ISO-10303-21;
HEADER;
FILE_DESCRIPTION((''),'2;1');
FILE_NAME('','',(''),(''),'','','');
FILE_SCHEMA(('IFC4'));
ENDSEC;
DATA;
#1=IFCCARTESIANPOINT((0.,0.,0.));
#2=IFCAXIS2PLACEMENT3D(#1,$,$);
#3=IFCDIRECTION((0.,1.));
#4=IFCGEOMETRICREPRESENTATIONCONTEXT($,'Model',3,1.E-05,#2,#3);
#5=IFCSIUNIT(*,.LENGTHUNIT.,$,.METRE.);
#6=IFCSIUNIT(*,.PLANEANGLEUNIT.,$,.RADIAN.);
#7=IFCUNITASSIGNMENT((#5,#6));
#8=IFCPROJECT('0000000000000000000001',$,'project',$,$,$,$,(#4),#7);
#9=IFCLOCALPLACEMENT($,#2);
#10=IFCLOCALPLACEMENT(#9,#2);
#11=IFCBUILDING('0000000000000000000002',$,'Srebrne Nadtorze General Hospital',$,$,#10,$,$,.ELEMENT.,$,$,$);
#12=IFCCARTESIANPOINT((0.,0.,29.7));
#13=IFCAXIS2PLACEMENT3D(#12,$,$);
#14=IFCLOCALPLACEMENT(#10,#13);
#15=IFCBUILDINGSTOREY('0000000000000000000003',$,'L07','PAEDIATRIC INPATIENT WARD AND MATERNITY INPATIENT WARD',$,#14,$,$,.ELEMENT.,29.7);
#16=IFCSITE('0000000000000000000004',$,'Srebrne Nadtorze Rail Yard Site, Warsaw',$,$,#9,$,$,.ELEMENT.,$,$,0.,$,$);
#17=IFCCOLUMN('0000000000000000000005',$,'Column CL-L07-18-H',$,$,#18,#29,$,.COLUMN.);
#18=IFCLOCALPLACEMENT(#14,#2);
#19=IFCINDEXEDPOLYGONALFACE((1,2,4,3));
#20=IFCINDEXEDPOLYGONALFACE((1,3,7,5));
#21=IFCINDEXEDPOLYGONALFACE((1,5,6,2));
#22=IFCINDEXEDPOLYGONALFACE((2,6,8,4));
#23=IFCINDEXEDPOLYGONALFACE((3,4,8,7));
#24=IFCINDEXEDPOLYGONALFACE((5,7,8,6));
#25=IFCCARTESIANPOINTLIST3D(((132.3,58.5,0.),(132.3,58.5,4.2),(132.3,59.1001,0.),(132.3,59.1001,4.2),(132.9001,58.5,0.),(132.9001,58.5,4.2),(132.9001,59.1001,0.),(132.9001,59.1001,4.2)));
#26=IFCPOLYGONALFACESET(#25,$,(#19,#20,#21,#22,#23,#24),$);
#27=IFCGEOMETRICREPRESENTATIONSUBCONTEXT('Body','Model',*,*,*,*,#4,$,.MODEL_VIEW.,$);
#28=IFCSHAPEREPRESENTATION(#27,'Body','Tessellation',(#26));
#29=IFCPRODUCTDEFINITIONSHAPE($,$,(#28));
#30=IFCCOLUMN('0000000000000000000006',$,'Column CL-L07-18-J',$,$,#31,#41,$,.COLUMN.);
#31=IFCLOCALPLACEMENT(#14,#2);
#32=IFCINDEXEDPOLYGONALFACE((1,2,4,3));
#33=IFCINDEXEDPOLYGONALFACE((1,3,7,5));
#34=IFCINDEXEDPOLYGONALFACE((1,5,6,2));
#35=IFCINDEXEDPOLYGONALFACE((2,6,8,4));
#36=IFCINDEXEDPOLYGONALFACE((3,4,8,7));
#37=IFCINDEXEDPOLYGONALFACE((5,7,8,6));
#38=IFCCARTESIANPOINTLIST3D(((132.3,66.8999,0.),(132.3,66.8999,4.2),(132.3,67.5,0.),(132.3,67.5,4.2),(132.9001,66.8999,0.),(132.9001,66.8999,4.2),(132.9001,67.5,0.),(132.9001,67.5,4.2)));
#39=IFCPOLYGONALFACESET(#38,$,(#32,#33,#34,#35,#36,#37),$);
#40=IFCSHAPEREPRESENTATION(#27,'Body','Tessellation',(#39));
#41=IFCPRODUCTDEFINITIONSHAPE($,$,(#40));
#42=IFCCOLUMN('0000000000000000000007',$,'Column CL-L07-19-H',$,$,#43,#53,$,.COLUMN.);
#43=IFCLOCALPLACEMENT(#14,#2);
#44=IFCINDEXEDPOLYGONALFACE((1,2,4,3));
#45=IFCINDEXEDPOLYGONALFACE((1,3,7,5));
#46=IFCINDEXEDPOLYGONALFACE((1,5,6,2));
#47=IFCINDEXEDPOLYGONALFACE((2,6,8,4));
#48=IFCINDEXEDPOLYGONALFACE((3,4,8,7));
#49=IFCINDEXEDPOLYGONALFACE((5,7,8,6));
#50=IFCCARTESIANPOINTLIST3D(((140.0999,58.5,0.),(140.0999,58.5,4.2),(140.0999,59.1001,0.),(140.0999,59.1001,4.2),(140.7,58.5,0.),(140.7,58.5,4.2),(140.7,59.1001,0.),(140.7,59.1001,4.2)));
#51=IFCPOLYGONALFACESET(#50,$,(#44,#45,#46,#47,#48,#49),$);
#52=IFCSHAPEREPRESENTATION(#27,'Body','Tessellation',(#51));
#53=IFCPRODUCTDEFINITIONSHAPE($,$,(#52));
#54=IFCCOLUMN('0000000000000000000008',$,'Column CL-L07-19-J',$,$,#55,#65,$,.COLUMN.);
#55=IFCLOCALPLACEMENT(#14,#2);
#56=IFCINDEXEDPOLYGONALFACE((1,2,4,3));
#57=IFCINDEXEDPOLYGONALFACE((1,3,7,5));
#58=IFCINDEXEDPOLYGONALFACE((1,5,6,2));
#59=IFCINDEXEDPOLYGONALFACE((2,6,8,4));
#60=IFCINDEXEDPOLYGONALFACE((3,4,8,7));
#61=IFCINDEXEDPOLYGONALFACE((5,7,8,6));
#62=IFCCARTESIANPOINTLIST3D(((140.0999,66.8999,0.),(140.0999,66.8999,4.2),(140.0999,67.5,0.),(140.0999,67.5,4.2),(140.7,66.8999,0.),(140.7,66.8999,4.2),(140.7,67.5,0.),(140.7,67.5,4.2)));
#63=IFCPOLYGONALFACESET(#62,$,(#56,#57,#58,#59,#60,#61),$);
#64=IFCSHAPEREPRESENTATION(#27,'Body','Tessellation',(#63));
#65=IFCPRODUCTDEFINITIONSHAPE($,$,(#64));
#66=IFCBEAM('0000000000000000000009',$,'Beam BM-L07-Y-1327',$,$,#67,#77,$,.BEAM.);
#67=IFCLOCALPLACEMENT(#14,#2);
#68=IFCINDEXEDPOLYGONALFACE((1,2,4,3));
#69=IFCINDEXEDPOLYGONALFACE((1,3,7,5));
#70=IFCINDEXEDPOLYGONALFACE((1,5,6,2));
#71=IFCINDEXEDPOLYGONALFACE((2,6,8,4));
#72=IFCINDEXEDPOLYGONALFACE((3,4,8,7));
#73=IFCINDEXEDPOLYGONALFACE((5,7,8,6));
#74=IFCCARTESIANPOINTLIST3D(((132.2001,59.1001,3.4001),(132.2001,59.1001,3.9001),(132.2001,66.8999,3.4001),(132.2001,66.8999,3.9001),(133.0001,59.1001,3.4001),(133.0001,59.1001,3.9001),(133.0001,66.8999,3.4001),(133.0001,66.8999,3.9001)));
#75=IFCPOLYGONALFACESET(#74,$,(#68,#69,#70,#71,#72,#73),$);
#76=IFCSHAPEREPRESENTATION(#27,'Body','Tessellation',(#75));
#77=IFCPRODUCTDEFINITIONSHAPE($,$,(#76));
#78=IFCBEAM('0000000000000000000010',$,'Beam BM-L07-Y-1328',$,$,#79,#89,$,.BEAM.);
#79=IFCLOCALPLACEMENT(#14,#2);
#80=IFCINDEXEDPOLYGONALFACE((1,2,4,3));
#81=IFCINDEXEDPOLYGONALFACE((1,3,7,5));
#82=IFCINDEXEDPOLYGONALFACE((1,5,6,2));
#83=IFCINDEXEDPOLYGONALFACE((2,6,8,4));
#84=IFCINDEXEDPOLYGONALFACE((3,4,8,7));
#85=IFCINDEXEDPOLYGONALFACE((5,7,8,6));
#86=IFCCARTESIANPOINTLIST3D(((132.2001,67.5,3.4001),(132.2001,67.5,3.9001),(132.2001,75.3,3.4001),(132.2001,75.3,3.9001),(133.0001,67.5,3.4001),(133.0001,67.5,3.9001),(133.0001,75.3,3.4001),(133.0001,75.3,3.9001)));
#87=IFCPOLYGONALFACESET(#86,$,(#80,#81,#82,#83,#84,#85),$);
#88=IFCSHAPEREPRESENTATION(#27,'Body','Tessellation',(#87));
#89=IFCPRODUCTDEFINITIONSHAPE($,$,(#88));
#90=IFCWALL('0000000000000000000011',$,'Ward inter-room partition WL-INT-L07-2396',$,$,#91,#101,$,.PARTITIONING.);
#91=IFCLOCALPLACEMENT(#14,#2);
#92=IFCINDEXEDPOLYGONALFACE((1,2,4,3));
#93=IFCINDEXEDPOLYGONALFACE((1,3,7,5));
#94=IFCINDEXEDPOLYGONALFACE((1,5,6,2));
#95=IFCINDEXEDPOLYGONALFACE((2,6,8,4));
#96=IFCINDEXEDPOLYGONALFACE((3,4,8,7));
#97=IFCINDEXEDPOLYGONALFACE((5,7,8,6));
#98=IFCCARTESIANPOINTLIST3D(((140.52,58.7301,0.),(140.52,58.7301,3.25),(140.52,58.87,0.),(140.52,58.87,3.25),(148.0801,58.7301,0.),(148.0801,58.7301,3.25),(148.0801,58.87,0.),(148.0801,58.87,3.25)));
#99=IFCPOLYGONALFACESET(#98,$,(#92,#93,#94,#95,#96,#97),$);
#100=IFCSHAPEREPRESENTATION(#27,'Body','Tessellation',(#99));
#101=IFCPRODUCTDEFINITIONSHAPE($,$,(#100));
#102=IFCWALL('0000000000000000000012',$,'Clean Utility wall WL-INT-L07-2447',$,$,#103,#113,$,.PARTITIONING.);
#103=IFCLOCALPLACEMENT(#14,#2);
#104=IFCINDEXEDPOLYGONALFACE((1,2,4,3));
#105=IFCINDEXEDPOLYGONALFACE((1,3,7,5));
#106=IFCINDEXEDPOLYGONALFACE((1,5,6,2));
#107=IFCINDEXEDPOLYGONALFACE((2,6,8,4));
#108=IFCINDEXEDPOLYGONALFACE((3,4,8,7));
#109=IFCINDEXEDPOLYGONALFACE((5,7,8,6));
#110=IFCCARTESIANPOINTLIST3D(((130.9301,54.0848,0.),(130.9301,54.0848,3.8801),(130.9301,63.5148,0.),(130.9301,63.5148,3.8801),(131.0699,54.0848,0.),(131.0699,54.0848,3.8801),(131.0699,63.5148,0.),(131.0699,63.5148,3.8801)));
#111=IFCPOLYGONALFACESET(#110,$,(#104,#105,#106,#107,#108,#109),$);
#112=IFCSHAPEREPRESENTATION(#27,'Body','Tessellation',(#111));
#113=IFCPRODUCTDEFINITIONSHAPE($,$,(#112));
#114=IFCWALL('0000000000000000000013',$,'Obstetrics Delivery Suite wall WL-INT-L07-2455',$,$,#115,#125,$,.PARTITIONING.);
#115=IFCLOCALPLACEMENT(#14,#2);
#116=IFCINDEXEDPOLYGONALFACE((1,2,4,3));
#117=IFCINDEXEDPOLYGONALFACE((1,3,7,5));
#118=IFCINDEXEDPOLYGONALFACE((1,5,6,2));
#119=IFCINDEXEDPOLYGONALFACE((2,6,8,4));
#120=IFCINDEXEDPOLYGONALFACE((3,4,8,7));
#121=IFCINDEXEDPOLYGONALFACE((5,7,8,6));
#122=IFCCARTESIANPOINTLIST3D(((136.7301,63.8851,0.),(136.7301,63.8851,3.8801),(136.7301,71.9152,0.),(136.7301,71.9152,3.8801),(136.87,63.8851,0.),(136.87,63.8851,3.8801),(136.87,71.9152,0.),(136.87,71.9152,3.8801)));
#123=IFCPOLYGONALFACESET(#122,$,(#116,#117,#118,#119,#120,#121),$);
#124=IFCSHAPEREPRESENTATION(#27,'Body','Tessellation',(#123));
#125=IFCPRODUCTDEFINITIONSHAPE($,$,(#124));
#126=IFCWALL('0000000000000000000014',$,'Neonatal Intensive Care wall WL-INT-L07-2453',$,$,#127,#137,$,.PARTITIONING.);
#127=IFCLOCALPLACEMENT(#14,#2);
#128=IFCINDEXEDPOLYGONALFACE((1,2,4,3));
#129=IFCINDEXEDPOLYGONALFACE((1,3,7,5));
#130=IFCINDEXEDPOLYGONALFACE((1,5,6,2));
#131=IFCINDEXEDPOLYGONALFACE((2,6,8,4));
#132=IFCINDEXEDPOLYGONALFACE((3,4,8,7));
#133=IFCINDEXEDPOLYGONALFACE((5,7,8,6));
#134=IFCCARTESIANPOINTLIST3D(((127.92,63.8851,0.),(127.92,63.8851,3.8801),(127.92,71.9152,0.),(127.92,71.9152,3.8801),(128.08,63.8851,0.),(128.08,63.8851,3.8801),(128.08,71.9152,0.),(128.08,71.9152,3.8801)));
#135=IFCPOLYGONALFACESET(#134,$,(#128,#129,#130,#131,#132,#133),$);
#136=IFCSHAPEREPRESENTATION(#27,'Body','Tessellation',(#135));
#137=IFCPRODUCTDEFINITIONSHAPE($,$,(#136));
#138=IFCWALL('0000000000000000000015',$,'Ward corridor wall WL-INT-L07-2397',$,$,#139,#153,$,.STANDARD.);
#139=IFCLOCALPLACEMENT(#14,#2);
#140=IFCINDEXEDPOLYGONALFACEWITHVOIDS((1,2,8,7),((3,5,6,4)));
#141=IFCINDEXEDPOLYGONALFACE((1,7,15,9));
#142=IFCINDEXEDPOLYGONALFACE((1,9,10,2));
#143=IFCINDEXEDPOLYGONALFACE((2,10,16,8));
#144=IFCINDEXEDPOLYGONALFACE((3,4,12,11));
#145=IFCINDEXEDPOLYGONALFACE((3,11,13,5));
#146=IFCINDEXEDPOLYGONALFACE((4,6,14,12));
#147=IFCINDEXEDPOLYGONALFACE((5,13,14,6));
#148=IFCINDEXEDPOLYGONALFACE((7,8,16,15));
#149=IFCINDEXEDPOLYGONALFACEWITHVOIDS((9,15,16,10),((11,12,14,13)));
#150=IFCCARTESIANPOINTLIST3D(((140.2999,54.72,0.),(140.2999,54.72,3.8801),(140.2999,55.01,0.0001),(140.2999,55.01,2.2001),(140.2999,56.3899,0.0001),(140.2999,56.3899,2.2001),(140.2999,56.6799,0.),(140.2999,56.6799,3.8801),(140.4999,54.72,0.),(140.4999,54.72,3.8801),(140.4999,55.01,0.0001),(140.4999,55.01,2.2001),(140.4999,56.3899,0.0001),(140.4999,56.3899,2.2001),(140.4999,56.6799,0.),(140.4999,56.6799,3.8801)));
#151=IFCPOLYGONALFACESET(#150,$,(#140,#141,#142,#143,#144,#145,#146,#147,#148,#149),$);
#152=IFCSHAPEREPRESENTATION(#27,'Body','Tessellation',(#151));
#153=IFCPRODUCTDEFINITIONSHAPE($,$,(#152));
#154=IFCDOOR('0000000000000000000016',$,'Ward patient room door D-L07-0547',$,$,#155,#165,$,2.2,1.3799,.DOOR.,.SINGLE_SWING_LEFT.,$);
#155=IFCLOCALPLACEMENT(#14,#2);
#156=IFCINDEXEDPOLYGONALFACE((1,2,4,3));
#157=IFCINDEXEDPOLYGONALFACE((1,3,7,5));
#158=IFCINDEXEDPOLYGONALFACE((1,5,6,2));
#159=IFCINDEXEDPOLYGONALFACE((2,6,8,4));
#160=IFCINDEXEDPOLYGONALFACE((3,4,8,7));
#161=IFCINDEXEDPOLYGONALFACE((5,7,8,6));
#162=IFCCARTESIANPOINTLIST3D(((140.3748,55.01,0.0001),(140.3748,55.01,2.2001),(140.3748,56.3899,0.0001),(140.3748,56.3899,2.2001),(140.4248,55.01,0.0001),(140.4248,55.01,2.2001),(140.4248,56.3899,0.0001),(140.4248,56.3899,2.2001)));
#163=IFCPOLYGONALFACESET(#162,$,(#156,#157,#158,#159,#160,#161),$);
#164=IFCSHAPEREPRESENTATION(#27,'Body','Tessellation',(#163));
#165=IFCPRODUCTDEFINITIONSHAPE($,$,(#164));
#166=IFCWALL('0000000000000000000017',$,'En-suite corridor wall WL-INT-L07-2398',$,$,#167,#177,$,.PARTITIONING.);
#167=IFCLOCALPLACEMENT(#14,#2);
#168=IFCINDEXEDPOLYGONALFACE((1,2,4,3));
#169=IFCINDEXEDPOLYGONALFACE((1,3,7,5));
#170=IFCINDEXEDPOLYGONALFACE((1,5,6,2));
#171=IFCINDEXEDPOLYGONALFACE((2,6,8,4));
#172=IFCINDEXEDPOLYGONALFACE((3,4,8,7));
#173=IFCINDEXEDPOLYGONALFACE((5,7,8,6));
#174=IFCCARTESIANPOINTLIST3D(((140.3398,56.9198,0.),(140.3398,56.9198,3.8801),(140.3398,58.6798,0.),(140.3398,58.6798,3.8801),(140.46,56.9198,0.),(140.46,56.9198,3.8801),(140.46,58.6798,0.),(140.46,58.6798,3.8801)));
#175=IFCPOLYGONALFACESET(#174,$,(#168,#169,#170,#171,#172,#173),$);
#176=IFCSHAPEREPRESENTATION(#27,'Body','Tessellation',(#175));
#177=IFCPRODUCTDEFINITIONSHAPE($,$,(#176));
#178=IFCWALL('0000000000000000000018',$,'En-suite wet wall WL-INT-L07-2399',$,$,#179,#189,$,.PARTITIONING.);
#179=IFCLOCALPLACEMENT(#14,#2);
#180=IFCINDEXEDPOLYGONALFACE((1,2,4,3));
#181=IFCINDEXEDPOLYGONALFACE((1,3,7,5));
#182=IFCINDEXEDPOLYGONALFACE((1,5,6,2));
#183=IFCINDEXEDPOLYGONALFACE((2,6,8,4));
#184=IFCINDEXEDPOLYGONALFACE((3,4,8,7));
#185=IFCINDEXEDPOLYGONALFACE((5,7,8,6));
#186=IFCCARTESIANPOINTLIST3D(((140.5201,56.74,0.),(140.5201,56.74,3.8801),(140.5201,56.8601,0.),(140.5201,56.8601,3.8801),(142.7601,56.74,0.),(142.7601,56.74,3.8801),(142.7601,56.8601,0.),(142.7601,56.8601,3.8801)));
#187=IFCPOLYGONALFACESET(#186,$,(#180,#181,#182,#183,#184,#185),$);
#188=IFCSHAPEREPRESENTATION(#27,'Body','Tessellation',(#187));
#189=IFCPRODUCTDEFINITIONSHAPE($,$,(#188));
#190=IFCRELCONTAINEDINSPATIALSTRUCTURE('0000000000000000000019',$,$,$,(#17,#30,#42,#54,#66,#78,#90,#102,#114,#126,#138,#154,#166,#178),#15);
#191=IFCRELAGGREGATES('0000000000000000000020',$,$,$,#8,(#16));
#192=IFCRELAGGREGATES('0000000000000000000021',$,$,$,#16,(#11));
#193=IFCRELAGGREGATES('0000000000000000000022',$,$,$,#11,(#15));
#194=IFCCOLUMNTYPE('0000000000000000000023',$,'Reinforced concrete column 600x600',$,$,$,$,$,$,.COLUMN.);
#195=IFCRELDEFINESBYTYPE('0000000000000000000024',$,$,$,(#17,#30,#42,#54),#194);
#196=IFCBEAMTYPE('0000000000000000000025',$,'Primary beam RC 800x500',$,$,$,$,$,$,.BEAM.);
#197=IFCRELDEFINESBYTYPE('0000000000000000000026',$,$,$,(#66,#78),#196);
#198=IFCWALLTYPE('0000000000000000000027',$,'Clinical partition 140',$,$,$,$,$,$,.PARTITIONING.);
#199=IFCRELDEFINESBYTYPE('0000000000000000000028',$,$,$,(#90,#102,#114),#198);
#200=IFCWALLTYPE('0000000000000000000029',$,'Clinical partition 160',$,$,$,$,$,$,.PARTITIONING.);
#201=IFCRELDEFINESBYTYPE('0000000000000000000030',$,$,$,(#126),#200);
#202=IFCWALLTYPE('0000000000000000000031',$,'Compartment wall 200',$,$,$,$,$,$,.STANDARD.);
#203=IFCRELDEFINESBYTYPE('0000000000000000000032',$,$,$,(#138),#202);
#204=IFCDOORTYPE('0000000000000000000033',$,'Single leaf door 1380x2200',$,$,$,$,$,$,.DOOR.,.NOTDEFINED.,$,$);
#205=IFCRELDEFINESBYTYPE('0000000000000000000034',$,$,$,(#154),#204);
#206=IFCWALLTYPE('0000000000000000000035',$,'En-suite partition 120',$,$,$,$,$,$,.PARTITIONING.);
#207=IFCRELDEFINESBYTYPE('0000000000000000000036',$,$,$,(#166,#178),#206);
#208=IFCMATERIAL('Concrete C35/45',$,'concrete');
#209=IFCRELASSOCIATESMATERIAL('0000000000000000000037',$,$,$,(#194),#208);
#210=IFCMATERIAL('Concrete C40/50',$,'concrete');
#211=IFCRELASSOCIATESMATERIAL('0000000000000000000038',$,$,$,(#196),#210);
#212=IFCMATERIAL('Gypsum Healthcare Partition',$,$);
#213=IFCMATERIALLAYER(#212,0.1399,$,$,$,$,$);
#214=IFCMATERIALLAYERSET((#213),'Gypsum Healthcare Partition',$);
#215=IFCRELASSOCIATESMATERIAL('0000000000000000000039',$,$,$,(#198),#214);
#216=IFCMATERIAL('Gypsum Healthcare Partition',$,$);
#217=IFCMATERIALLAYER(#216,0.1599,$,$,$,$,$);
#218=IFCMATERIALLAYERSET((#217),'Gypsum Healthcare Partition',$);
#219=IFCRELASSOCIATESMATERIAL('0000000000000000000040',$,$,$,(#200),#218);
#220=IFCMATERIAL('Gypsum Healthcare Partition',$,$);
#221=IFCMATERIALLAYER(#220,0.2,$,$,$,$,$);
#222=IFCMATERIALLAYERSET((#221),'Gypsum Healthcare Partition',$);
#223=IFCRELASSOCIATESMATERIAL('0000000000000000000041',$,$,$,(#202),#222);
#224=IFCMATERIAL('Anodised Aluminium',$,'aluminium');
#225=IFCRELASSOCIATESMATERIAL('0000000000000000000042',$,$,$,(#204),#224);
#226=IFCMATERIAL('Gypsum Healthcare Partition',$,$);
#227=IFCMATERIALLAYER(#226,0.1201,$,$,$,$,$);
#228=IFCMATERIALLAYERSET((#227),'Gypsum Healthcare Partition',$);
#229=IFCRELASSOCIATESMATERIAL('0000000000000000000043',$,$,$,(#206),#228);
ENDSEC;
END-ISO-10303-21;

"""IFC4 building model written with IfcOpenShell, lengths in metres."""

from ifc_helpers import new_model, si_unit, direction, frame, frame_2d, origin, origin_2d, place, context, subcontext, project, spatial, rectangle, extrude, material, layer, layer_set, material_profile, profile_set, type_object, element, fill, save


model = new_model("IFC4")

# Units and contexts
model_context = context("Model", 3, precision=1e-05, world=origin(), true_north=direction((0.0, 1.0)))
body_context = subcontext(model_context, "Body", "Model", "MODEL_VIEW")
ifc_project = project(units=[si_unit("LENGTHUNIT", "METRE"), si_unit("PLANEANGLEUNIT", "RADIAN")], contexts=[model_context])

# Site, building, storey
site_placement = place(None, origin())
site = spatial("IfcSite", under=ifc_project, at=site_placement, Name="Srebrne Nadtorze Rail Yard Site, Warsaw", CompositionType="ELEMENT", RefElevation=0.0)
building_placement = place(site_placement, origin())
building = spatial("IfcBuilding", under=site, at=building_placement, Name="Srebrne Nadtorze General Hospital", CompositionType="ELEMENT")
storey_placement = place(building_placement, frame((0.0, 0.0, 29.7)))
storey = spatial("IfcBuildingStorey", under=building, at=storey_placement, Name="L07", Description="PAEDIATRIC INPATIENT WARD AND MATERNITY INPATIENT WARD", CompositionType="ELEMENT", Elevation=29.7)

# Columns
ifc_material_1 = material(Name="Concrete C35/45", Category="concrete")
ifc_material_profile_1 = material_profile(ifc_material_1, rectangle(XDim=0.6001, YDim=0.6001, at=origin_2d()), Name="RC-COL-600x600")
ifc_profile_set_1 = profile_set([ifc_material_profile_1], Name="Concrete C35/45")
column_type = type_object("IfcColumnType", Name="Reinforced concrete column 600x600", PredefinedType="COLUMN", material=ifc_profile_set_1)
for number, where, z_axis, x_axis, name in (
    (1, (132.6001, 58.8, 0.0), (0.0, 0.0, 1.0), (1.0, 0.0, 0.0), "Column CL-L07-18-H"),
    (2, (132.6001, 67.2, 0.0), (0.0, 0.0, 1.0), (1.0, 0.0, 0.0), "Column CL-L07-18-J"),
    (3, (140.3999, 58.8, 0.0), (0.0, 0.0, 1.0), (1.0, 0.0, 0.0), "Column CL-L07-19-H"),
    (4, (140.3999, 67.2, 0.0), (0.0, 0.0, 1.0), (1.0, 0.0, 0.0), "Column CL-L07-19-J"),
):
    element("IfcColumn", number, at=place(storey_placement, frame(where, z_axis=z_axis, x_axis=x_axis)), inside=storey, type_object=column_type, Name=name, PredefinedType="COLUMN", context=body_context, shape_type="SweptSolid", body=[
        extrude(rectangle(XDim=0.6001, YDim=0.6001, at=origin_2d()), origin(), (0.0, 0.0, 1.0), 4.2),
    ])

# Beams
ifc_material_2 = material(Name="Concrete C40/50", Category="concrete")
ifc_material_profile_2 = material_profile(ifc_material_2, rectangle(XDim=0.8, YDim=0.5, at=origin_2d()), Name="RC-BM-800x500")
ifc_profile_set_2 = profile_set([ifc_material_profile_2], Name="Concrete C40/50")
beam_type = type_object("IfcBeamType", Name="Primary beam RC 800x500", PredefinedType="BEAM", material=ifc_profile_set_2)
beam_1_placement = place(storey_placement, frame((132.6001, 59.1001, 3.6501), z_axis=(0.0, 1.0, 0.0), x_axis=(-1.0, 0.0, 0.0)))
element("IfcBeam", 5, at=beam_1_placement, inside=storey, type_object=beam_type, Name="Beam BM-L07-Y-1327", PredefinedType="BEAM", context=body_context, shape_type="SweptSolid", body=[
    extrude(rectangle(XDim=0.8, YDim=0.5, at=origin_2d()), origin(), (0.0, 0.0, 1.0), 7.7998),
])
beam_2_placement = place(storey_placement, frame((132.6001, 67.5, 3.6501), z_axis=(0.0, 1.0, 0.0), x_axis=(-1.0, 0.0, 0.0)))
element("IfcBeam", 6, at=beam_2_placement, inside=storey, type_object=beam_type, Name="Beam BM-L07-Y-1328", PredefinedType="BEAM", context=body_context, shape_type="SweptSolid", body=[
    extrude(rectangle(XDim=0.8, YDim=0.5, at=origin_2d()), origin(), (0.0, 0.0, 1.0), 7.8),
])

# Walls
ifc_material_3 = material(Name="Gypsum Healthcare Partition")
ifc_layer_1 = layer(ifc_material_3, 0.1399)
ifc_layer_set_1 = layer_set([ifc_layer_1], Name="Gypsum Healthcare Partition")
wall_type_1 = type_object("IfcWallType", Name="Clinical partition 140", PredefinedType="PARTITIONING", material=ifc_layer_set_1)
wall_1_placement = place(storey_placement, frame((140.52, 58.8, 0.0), z_axis=(0.0, 0.0, 1.0), x_axis=(1.0, 0.0, 0.0)))
element("IfcWall", 7, at=wall_1_placement, inside=storey, type_object=wall_type_1, Name="Ward inter-room partition WL-INT-L07-2396", PredefinedType="PARTITIONING", context=body_context, shape_type="SweptSolid", body=[
    extrude(rectangle(XDim=7.5601, YDim=0.1399, at=frame_2d((3.78, 0.0))), origin(), (0.0, 0.0, 1.0), 3.25),
])
wall_2_placement = place(storey_placement, frame((131.0, 54.085, 0.0), z_axis=(0.0, 0.0, 1.0), x_axis=(0.0, 1.0, 0.0)))
element("IfcWall", 8, at=wall_2_placement, inside=storey, type_object=wall_type_1, Name="Clean Utility wall WL-INT-L07-2447", PredefinedType="PARTITIONING", context=body_context, shape_type="SweptSolid", body=[
    extrude(rectangle(XDim=9.4299, YDim=0.1399, at=frame_2d((4.7148, 0.0))), origin(), (0.0, 0.0, 1.0), 3.8801),
])
wall_3_placement = place(storey_placement, frame((136.8, 63.885, 0.0), z_axis=(0.0, 0.0, 1.0), x_axis=(0.0, 1.0, 0.0)))
element("IfcWall", 9, at=wall_3_placement, inside=storey, type_object=wall_type_1, Name="Obstetrics Delivery Suite wall WL-INT-L07-2455", PredefinedType="PARTITIONING", context=body_context, shape_type="SweptSolid", body=[
    extrude(rectangle(XDim=8.03, YDim=0.1399, at=frame_2d((4.0151, 0.0))), origin(), (0.0, 0.0, 1.0), 3.8801),
])
ifc_material_4 = material(Name="Gypsum Healthcare Partition")
ifc_layer_2 = layer(ifc_material_4, 0.1599)
ifc_layer_set_2 = layer_set([ifc_layer_2], Name="Gypsum Healthcare Partition")
wall_type_2 = type_object("IfcWallType", Name="Clinical partition 160", PredefinedType="PARTITIONING", material=ifc_layer_set_2)
wall_4_placement = place(storey_placement, frame((128.0, 63.885, 0.0), z_axis=(0.0, 0.0, 1.0), x_axis=(0.0, 1.0, 0.0)))
element("IfcWall", 10, at=wall_4_placement, inside=storey, type_object=wall_type_2, Name="Neonatal Intensive Care wall WL-INT-L07-2453", PredefinedType="PARTITIONING", context=body_context, shape_type="SweptSolid", body=[
    extrude(rectangle(XDim=8.03, YDim=0.1599, at=frame_2d((4.0151, 0.0))), origin(), (0.0, 0.0, 1.0), 3.8801),
])

# Wall, opening, door
ifc_material_5 = material(Name="Gypsum Healthcare Partition")
ifc_layer_3 = layer(ifc_material_5, 0.2)
ifc_layer_set_3 = layer_set([ifc_layer_3], Name="Gypsum Healthcare Partition")
wall_type_3 = type_object("IfcWallType", Name="Compartment wall 200", PredefinedType="STANDARD", material=ifc_layer_set_3)
wall_5_placement = place(storey_placement, frame((140.3999, 54.72, 0.0), z_axis=(0.0, 0.0, 1.0), x_axis=(0.0, 1.0, 0.0)))
wall_5 = element("IfcWall", 11, at=wall_5_placement, inside=storey, type_object=wall_type_3, Name="Ward corridor wall WL-INT-L07-2397", PredefinedType="STANDARD", context=body_context, shape_type="SweptSolid", body=[
    extrude(rectangle(XDim=1.96, YDim=0.2, at=frame_2d((0.98, 0.0))), origin(), (0.0, 0.0, 1.0), 3.8801),
])
opening_1_placement = place(wall_5_placement, frame((0.29, 0.0, 0.0)))
opening_1 = element("IfcOpeningElement", 12, at=opening_1_placement, cuts=wall_5, PredefinedType="OPENING", context=body_context, shape_type="SweptSolid", body=[
    extrude(rectangle(XDim=1.3799, YDim=2.2, at=frame_2d((0.6899, 1.1001))), frame((0.0, 0.1118, 0.0), z_axis=(0.0, -1.0, 0.0), x_axis=(1.0, 0.0, 0.0)), (0.0, 0.0, 1.0), 0.2239),
])
ifc_material_6 = material(Name="Anodised Aluminium", Category="aluminium")
door_type_1 = type_object("IfcDoorType", Name="Single leaf door 1380x2200", OperationType="NOTDEFINED", PredefinedType="DOOR", material=ifc_material_6)
door_1_placement = place(opening_1_placement, frame((1.3799, 0.0, 0.0), z_axis=(0.0, 0.0, 1.0), x_axis=(-1.0, 0.0, 0.0)))
door_1 = element("IfcDoor", 13, at=door_1_placement, inside=storey, type_object=door_type_1, Name="Ward patient room door D-L07-0547", OperationType="SINGLE_SWING_LEFT", OverallHeight=2.2, OverallWidth=1.3799, PredefinedType="DOOR", context=body_context, shape_type="SweptSolid", body=[
    extrude(rectangle(XDim=1.3799, YDim=2.2, at=frame_2d((0.6899, 1.1001))), frame((0.0, 0.0249, 0.0), z_axis=(0.0, -1.0, 0.0), x_axis=(1.0, 0.0, 0.0)), (0.0, 0.0, 1.0), 0.05),
])
fill(opening_1, door_1)

# Walls
ifc_material_7 = material(Name="Gypsum Healthcare Partition")
ifc_layer_4 = layer(ifc_material_7, 0.1201)
ifc_layer_set_4 = layer_set([ifc_layer_4], Name="Gypsum Healthcare Partition")
wall_type_4 = type_object("IfcWallType", Name="En-suite partition 120", PredefinedType="PARTITIONING", material=ifc_layer_set_4)
wall_6_placement = place(storey_placement, frame((140.3999, 56.9199, 0.0), z_axis=(0.0, 0.0, 1.0), x_axis=(0.0, 1.0, 0.0)))
element("IfcWall", 14, at=wall_6_placement, inside=storey, type_object=wall_type_4, Name="En-suite corridor wall WL-INT-L07-2398", PredefinedType="PARTITIONING", context=body_context, shape_type="SweptSolid", body=[
    extrude(rectangle(XDim=1.76, YDim=0.1201, at=frame_2d((0.8799, 0.0))), origin(), (0.0, 0.0, 1.0), 3.8801),
])
wall_7_placement = place(storey_placement, frame((140.52, 56.8, 0.0), z_axis=(0.0, 0.0, 1.0), x_axis=(1.0, 0.0, 0.0)))
element("IfcWall", 15, at=wall_7_placement, inside=storey, type_object=wall_type_4, Name="En-suite wet wall WL-INT-L07-2399", PredefinedType="PARTITIONING", context=body_context, shape_type="SweptSolid", body=[
    extrude(rectangle(XDim=2.24, YDim=0.1201, at=frame_2d((1.1201, 0.0))), origin(), (0.0, 0.0, 1.0), 3.8801),
])

save(model, "model.ifc")
